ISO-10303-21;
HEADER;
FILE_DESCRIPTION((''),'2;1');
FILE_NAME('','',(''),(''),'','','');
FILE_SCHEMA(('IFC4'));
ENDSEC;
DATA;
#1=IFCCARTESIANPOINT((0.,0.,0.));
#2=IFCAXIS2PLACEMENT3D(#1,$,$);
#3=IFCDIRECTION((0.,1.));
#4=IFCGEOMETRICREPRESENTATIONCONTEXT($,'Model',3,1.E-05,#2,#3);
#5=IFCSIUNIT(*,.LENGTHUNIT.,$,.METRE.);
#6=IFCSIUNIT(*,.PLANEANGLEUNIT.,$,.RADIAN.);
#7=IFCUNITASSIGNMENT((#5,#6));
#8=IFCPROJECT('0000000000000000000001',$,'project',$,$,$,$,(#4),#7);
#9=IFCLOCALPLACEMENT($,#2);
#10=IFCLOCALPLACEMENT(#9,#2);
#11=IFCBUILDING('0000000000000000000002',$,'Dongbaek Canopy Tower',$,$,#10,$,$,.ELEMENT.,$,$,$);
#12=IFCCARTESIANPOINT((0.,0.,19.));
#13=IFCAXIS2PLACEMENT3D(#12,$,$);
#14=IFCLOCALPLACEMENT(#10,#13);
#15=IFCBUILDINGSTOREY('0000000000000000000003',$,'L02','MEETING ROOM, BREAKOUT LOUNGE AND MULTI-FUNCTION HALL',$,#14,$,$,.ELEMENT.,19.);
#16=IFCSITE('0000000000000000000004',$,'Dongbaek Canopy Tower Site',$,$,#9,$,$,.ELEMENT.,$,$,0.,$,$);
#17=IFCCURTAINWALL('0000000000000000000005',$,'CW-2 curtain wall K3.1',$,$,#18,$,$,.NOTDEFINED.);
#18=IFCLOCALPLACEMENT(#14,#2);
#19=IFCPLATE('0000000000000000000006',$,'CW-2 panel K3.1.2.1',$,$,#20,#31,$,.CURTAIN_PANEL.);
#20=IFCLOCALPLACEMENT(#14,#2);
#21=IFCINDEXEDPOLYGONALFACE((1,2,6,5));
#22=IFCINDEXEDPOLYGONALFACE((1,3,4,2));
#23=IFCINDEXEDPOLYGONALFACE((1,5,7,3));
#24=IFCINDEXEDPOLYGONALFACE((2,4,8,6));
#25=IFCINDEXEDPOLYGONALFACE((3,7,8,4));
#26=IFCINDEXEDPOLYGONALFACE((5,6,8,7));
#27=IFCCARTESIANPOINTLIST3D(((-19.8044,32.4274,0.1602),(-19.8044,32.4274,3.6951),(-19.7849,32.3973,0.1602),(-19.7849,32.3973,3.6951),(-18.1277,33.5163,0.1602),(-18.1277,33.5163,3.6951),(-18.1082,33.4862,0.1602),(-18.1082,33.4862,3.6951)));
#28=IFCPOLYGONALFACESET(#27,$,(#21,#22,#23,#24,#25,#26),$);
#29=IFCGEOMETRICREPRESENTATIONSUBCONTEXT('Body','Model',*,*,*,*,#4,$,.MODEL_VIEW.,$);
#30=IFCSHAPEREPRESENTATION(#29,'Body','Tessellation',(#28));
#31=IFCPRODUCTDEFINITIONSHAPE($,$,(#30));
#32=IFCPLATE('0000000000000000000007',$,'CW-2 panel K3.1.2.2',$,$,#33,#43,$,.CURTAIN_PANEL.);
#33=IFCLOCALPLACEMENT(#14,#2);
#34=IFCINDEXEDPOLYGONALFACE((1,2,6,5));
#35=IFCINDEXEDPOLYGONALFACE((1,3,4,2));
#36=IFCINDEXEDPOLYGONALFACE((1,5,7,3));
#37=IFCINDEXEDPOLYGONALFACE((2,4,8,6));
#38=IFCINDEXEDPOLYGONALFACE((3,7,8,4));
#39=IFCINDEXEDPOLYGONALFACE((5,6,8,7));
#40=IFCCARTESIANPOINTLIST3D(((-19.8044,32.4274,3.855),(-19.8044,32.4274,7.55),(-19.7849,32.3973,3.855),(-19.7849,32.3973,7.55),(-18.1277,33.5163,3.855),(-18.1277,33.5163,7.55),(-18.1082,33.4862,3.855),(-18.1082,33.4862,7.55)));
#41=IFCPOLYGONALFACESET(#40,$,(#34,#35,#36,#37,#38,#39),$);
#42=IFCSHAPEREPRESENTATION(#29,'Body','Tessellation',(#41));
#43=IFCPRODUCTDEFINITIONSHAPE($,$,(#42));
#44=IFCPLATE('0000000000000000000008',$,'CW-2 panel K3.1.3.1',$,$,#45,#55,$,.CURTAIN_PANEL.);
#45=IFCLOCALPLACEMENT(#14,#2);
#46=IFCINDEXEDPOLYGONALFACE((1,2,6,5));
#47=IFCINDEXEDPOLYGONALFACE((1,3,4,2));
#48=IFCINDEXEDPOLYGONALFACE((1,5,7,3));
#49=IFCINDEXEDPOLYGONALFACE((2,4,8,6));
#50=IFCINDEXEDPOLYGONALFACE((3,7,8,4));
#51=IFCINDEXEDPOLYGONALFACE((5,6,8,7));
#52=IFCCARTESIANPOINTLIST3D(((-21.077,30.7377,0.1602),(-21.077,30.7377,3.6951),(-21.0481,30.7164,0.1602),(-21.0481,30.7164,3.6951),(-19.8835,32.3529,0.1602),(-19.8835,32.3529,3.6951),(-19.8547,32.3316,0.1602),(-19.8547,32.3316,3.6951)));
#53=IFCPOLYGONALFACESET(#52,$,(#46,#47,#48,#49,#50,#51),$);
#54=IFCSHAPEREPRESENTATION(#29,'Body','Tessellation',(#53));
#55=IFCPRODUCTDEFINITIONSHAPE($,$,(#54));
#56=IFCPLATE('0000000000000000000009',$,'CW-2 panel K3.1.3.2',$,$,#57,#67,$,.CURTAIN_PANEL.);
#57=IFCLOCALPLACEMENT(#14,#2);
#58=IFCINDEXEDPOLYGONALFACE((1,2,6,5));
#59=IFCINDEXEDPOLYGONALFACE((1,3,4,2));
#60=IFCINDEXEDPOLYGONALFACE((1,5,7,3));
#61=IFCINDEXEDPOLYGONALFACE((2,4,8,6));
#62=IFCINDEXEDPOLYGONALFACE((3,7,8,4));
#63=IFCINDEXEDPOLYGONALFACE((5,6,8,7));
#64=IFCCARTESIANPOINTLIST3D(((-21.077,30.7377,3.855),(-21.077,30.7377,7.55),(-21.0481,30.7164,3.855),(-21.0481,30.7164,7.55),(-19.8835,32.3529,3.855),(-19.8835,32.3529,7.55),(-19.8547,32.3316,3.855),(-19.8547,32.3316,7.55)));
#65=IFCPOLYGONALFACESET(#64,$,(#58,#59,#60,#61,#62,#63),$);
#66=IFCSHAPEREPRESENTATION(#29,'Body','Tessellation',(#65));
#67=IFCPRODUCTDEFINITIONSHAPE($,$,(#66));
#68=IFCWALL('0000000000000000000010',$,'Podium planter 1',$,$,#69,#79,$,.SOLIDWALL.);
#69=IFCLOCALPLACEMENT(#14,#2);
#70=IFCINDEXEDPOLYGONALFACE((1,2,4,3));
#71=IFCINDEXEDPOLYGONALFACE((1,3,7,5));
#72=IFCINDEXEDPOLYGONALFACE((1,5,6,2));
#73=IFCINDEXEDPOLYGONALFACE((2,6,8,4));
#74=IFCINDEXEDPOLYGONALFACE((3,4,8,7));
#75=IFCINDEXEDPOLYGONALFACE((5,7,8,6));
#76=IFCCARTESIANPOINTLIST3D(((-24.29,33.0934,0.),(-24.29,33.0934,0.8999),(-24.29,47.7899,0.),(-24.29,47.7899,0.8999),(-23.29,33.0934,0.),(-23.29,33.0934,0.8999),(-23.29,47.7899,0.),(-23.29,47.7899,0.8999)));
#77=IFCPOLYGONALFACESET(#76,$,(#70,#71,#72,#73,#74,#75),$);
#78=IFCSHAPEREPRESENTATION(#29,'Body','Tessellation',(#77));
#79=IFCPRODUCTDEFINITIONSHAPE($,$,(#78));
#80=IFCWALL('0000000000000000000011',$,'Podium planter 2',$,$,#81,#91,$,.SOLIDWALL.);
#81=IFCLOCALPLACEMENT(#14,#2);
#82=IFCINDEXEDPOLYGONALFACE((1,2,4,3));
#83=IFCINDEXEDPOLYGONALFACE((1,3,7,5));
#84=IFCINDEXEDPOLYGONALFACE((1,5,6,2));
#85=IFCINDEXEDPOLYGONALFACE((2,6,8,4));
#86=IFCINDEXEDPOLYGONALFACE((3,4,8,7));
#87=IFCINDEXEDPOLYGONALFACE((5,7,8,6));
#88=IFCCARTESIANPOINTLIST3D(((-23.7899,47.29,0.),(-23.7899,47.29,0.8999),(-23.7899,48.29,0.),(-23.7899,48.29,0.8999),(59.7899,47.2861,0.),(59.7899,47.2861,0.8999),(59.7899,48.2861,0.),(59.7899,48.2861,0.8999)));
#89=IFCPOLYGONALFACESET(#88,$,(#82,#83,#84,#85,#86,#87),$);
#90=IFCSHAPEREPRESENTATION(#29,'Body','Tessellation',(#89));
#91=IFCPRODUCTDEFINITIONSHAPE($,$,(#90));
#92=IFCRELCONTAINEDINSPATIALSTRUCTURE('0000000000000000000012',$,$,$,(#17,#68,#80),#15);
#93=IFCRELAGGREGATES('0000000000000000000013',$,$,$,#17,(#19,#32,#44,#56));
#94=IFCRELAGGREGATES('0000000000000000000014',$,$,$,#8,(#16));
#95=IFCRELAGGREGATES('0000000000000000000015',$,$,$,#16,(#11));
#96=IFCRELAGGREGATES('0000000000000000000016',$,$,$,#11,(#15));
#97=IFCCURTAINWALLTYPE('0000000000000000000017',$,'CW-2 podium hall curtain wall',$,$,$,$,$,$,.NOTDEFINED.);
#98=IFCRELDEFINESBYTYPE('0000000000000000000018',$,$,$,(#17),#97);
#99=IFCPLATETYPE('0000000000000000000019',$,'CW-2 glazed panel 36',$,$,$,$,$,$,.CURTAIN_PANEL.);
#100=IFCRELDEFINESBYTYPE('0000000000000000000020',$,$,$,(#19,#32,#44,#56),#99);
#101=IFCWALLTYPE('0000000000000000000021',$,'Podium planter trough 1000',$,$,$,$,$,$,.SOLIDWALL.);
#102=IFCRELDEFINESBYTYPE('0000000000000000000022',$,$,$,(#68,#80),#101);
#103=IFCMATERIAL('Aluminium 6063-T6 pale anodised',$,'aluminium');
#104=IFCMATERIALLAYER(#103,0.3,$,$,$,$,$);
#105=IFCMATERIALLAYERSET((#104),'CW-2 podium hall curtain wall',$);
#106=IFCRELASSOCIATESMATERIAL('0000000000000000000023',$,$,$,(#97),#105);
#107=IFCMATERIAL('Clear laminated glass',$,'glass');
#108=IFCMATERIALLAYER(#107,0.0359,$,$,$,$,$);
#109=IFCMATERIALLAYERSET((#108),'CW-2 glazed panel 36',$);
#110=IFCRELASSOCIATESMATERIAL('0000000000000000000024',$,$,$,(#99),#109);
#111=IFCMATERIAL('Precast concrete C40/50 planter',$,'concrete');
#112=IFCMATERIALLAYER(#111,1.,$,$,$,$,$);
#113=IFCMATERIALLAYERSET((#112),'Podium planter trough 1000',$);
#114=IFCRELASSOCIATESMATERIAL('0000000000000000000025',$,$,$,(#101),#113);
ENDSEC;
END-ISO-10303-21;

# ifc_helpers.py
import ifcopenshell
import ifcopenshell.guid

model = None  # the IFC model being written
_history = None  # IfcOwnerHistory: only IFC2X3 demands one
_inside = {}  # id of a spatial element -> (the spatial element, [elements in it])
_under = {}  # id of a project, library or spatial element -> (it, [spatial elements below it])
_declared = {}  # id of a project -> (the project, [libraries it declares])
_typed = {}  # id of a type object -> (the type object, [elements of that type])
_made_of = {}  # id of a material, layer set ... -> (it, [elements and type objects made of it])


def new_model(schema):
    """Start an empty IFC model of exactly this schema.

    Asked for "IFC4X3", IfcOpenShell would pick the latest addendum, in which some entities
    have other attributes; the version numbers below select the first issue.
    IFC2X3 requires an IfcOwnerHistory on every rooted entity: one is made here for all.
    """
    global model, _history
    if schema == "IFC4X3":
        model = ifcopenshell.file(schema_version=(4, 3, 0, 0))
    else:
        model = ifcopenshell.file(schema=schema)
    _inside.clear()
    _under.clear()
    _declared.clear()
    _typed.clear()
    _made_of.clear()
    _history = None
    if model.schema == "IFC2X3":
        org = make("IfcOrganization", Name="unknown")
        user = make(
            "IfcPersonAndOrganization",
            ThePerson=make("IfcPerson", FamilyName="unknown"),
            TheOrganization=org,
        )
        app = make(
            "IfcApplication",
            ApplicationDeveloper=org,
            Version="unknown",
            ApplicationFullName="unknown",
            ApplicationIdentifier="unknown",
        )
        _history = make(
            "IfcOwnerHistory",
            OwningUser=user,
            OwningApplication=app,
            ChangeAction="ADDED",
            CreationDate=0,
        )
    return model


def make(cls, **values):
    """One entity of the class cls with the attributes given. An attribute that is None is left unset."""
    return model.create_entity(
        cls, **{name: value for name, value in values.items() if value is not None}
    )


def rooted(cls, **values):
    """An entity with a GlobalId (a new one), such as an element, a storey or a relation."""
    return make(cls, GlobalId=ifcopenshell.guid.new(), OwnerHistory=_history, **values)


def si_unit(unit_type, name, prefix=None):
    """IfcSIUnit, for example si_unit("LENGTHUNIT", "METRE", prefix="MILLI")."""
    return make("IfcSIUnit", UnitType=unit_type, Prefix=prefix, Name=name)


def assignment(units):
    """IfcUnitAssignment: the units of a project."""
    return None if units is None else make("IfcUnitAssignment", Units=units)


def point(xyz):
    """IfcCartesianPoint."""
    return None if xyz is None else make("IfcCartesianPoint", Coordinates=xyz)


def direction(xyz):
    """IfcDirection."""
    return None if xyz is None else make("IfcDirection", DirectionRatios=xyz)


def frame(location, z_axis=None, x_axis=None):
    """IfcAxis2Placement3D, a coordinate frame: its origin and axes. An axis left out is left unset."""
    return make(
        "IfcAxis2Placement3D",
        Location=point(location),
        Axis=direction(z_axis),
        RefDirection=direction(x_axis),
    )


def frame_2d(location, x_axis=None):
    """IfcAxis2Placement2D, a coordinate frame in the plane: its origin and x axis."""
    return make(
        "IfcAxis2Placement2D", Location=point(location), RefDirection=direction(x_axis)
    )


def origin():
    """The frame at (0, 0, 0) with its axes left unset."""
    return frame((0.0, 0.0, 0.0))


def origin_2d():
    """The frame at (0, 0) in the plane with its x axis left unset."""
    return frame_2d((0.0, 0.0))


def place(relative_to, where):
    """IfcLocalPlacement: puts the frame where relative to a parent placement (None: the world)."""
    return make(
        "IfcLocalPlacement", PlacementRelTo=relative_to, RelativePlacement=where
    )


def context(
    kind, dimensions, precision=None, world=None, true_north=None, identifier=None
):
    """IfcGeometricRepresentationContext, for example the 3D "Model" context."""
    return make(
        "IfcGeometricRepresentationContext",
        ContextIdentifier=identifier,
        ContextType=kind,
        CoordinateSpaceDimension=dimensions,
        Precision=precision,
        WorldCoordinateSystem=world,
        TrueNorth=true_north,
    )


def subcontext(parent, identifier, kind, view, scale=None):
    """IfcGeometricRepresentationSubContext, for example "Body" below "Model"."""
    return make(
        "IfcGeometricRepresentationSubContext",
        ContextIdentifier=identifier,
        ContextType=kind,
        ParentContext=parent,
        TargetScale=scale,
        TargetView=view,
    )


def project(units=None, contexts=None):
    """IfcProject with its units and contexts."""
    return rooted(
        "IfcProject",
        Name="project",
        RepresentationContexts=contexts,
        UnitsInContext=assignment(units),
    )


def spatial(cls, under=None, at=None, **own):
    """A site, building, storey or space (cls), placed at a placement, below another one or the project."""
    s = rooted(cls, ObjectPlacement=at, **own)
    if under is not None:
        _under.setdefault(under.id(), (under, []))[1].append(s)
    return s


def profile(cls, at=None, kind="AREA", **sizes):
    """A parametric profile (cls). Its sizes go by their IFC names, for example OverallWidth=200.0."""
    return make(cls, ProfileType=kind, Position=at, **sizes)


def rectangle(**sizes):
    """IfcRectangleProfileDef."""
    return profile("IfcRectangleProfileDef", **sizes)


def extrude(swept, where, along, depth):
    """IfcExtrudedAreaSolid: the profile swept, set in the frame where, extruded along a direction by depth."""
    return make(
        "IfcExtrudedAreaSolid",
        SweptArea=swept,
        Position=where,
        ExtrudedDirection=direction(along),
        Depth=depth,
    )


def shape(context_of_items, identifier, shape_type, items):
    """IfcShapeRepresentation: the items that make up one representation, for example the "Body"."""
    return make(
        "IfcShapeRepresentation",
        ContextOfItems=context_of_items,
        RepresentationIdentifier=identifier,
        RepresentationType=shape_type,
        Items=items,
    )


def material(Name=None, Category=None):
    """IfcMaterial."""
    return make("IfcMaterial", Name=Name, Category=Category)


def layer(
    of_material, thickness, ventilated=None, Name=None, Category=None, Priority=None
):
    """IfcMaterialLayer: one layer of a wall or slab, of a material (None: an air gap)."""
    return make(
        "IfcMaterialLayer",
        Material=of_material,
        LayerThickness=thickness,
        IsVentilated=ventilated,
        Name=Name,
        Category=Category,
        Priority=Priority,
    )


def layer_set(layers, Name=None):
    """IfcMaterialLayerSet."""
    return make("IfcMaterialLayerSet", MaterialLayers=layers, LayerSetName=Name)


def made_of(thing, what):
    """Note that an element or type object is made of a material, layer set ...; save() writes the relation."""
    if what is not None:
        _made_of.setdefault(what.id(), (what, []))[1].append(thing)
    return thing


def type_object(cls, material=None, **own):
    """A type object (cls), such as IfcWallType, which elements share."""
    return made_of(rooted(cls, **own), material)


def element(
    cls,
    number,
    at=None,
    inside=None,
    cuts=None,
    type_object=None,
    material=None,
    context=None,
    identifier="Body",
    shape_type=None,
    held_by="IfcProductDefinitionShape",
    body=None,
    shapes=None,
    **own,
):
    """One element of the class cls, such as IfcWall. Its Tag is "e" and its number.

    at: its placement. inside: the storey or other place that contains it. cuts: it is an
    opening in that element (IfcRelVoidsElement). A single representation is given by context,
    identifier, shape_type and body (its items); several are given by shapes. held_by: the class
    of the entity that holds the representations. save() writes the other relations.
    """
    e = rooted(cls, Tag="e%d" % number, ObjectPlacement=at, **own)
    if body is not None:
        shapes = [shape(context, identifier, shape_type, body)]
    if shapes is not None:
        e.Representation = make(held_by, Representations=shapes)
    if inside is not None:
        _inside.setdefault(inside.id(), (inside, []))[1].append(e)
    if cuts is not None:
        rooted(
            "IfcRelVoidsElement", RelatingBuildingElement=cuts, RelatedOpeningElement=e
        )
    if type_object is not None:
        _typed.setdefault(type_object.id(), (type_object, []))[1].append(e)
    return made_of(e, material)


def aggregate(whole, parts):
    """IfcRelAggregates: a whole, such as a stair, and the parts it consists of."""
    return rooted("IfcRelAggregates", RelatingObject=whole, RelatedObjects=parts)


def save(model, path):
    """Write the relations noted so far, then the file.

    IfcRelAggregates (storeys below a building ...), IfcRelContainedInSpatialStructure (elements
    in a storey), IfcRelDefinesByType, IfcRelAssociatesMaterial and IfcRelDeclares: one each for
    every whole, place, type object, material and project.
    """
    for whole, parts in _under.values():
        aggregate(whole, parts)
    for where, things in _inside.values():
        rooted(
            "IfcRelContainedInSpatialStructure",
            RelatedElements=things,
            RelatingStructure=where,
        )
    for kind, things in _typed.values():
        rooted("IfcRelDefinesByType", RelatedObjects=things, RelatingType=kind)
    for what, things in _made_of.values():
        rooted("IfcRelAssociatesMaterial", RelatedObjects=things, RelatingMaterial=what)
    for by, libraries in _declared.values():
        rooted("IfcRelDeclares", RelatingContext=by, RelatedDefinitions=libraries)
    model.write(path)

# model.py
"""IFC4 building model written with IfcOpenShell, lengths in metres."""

from ifc_helpers import new_model, si_unit, direction, frame, frame_2d, origin, origin_2d, place, context, subcontext, project, spatial, rectangle, extrude, material, layer, layer_set, type_object, element, aggregate, save


model = new_model("IFC4")

# Units and contexts
model_context = context("Model", 3, precision=1e-05, world=origin(), true_north=direction((0.0, 1.0)))
body_context = subcontext(model_context, "Body", "Model", "MODEL_VIEW")
ifc_project = project(units=[si_unit("LENGTHUNIT", "METRE"), si_unit("PLANEANGLEUNIT", "RADIAN")], contexts=[model_context])

# Site, building, storey
site_placement = place(None, origin())
site = spatial("IfcSite", under=ifc_project, at=site_placement, Name="Dongbaek Canopy Tower Site", CompositionType="ELEMENT", RefElevation=0.0)
building_placement = place(site_placement, origin())
building = spatial("IfcBuilding", under=site, at=building_placement, Name="Dongbaek Canopy Tower", CompositionType="ELEMENT")
storey_placement = place(building_placement, frame((0.0, 0.0, 19.0)))
storey = spatial("IfcBuildingStorey", under=building, at=storey_placement, Name="L02", Description="MEETING ROOM, BREAKOUT LOUNGE AND MULTI-FUNCTION HALL", CompositionType="ELEMENT", Elevation=19.0)

# Curtain wall
ifc_material_1 = material(Name="Aluminium 6063-T6 pale anodised", Category="aluminium")
ifc_layer_1 = layer(ifc_material_1, 0.3)
ifc_layer_set_1 = layer_set([ifc_layer_1], Name="CW-2 podium hall curtain wall")
curtain_wall_type = type_object("IfcCurtainWallType", Name="CW-2 podium hall curtain wall", PredefinedType="NOTDEFINED", material=ifc_layer_set_1)
curtain_wall_placement = place(storey_placement, origin())
curtain_wall = element("IfcCurtainWall", 1, at=curtain_wall_placement, inside=storey, type_object=curtain_wall_type, Name="CW-2 curtain wall K3.1", PredefinedType="NOTDEFINED")

# Plates
ifc_material_2 = material(Name="Clear laminated glass", Category="glass")
ifc_layer_2 = layer(ifc_material_2, 0.0359)
ifc_layer_set_2 = layer_set([ifc_layer_2], Name="CW-2 glazed panel 36")
plate_type = type_object("IfcPlateType", Name="CW-2 glazed panel 36", PredefinedType="CURTAIN_PANEL", material=ifc_layer_set_2)
plate_1_placement = place(storey_placement, frame((-18.9563, 32.9568, 0.1602), z_axis=(0.0, 0.0, 1.0), x_axis=(-0.838663, -0.54465, 0.0)))
plate_1 = element("IfcPlate", 2, at=plate_1_placement, type_object=plate_type, Name="CW-2 panel K3.1.2.1", PredefinedType="CURTAIN_PANEL", context=body_context, shape_type="SweptSolid", body=[
    extrude(rectangle(XDim=1.9993, YDim=0.0359, at=origin_2d()), origin(), (0.0, 0.0, 1.0), 3.5349),
])
plate_2_placement = place(storey_placement, frame((-18.9563, 32.9568, 3.855), z_axis=(0.0, 0.0, 1.0), x_axis=(-0.838663, -0.54465, 0.0)))
plate_2 = element("IfcPlate", 3, at=plate_2_placement, type_object=plate_type, Name="CW-2 panel K3.1.2.2", PredefinedType="CURTAIN_PANEL", context=body_context, shape_type="SweptSolid", body=[
    extrude(rectangle(XDim=1.9993, YDim=0.0359, at=origin_2d()), origin(), (0.0, 0.0, 1.0), 3.6951),
])
plate_3_placement = place(storey_placement, frame((-20.4658, 31.5347, 0.1602), z_axis=(0.0, 0.0, 1.0), x_axis=(-0.594253, -0.804278, 0.0)))
plate_3 = element("IfcPlate", 4, at=plate_3_placement, type_object=plate_type, Name="CW-2 panel K3.1.3.1", PredefinedType="CURTAIN_PANEL", context=body_context, shape_type="SweptSolid", body=[
    extrude(rectangle(XDim=2.0083, YDim=0.0359, at=origin_2d()), origin(), (0.0, 0.0, 1.0), 3.5349),
])
plate_4_placement = place(storey_placement, frame((-20.4658, 31.5347, 3.855), z_axis=(0.0, 0.0, 1.0), x_axis=(-0.594253, -0.804278, 0.0)))
plate_4 = element("IfcPlate", 5, at=plate_4_placement, type_object=plate_type, Name="CW-2 panel K3.1.3.2", PredefinedType="CURTAIN_PANEL", context=body_context, shape_type="SweptSolid", body=[
    extrude(rectangle(XDim=2.0083, YDim=0.0359, at=origin_2d()), origin(), (0.0, 0.0, 1.0), 3.6951),
])
aggregate(curtain_wall, [plate_1, plate_2, plate_3, plate_4])

# Walls
ifc_material_3 = material(Name="Precast concrete C40/50 planter", Category="concrete")
ifc_layer_3 = layer(ifc_material_3, 1.0)
ifc_layer_set_3 = layer_set([ifc_layer_3], Name="Podium planter trough 1000")
wall_type = type_object("IfcWallType", Name="Podium planter trough 1000", PredefinedType="SOLIDWALL", material=ifc_layer_set_3)
wall_1_placement = place(storey_placement, frame((-23.79, 33.0935, 0.0), z_axis=(0.0, 0.0, 1.0), x_axis=(0.0, 1.0, 0.0)))
element("IfcWall", 6, at=wall_1_placement, inside=storey, type_object=wall_type, Name="Podium planter 1", PredefinedType="SOLIDWALL", context=body_context, shape_type="SweptSolid", body=[
    extrude(rectangle(XDim=14.6965, YDim=1.0, at=frame_2d((7.3481, 0.0))), origin(), (0.0, 0.0, 1.0), 0.8999),
])
wall_2_placement = place(storey_placement, frame((-23.79, 47.79, 0.0), z_axis=(0.0, 0.0, 1.0), x_axis=(1.0, -0.000047, 0.0)))
element("IfcWall", 7, at=wall_2_placement, inside=storey, type_object=wall_type, Name="Podium planter 2", PredefinedType="SOLIDWALL", context=body_context, shape_type="SweptSolid", body=[
    extrude(rectangle(XDim=83.5798, YDim=1.0, at=frame_2d((41.79, 0.0))), origin(), (0.0, 0.0, 1.0), 0.8999),
])

save(model, "model.ifc")
